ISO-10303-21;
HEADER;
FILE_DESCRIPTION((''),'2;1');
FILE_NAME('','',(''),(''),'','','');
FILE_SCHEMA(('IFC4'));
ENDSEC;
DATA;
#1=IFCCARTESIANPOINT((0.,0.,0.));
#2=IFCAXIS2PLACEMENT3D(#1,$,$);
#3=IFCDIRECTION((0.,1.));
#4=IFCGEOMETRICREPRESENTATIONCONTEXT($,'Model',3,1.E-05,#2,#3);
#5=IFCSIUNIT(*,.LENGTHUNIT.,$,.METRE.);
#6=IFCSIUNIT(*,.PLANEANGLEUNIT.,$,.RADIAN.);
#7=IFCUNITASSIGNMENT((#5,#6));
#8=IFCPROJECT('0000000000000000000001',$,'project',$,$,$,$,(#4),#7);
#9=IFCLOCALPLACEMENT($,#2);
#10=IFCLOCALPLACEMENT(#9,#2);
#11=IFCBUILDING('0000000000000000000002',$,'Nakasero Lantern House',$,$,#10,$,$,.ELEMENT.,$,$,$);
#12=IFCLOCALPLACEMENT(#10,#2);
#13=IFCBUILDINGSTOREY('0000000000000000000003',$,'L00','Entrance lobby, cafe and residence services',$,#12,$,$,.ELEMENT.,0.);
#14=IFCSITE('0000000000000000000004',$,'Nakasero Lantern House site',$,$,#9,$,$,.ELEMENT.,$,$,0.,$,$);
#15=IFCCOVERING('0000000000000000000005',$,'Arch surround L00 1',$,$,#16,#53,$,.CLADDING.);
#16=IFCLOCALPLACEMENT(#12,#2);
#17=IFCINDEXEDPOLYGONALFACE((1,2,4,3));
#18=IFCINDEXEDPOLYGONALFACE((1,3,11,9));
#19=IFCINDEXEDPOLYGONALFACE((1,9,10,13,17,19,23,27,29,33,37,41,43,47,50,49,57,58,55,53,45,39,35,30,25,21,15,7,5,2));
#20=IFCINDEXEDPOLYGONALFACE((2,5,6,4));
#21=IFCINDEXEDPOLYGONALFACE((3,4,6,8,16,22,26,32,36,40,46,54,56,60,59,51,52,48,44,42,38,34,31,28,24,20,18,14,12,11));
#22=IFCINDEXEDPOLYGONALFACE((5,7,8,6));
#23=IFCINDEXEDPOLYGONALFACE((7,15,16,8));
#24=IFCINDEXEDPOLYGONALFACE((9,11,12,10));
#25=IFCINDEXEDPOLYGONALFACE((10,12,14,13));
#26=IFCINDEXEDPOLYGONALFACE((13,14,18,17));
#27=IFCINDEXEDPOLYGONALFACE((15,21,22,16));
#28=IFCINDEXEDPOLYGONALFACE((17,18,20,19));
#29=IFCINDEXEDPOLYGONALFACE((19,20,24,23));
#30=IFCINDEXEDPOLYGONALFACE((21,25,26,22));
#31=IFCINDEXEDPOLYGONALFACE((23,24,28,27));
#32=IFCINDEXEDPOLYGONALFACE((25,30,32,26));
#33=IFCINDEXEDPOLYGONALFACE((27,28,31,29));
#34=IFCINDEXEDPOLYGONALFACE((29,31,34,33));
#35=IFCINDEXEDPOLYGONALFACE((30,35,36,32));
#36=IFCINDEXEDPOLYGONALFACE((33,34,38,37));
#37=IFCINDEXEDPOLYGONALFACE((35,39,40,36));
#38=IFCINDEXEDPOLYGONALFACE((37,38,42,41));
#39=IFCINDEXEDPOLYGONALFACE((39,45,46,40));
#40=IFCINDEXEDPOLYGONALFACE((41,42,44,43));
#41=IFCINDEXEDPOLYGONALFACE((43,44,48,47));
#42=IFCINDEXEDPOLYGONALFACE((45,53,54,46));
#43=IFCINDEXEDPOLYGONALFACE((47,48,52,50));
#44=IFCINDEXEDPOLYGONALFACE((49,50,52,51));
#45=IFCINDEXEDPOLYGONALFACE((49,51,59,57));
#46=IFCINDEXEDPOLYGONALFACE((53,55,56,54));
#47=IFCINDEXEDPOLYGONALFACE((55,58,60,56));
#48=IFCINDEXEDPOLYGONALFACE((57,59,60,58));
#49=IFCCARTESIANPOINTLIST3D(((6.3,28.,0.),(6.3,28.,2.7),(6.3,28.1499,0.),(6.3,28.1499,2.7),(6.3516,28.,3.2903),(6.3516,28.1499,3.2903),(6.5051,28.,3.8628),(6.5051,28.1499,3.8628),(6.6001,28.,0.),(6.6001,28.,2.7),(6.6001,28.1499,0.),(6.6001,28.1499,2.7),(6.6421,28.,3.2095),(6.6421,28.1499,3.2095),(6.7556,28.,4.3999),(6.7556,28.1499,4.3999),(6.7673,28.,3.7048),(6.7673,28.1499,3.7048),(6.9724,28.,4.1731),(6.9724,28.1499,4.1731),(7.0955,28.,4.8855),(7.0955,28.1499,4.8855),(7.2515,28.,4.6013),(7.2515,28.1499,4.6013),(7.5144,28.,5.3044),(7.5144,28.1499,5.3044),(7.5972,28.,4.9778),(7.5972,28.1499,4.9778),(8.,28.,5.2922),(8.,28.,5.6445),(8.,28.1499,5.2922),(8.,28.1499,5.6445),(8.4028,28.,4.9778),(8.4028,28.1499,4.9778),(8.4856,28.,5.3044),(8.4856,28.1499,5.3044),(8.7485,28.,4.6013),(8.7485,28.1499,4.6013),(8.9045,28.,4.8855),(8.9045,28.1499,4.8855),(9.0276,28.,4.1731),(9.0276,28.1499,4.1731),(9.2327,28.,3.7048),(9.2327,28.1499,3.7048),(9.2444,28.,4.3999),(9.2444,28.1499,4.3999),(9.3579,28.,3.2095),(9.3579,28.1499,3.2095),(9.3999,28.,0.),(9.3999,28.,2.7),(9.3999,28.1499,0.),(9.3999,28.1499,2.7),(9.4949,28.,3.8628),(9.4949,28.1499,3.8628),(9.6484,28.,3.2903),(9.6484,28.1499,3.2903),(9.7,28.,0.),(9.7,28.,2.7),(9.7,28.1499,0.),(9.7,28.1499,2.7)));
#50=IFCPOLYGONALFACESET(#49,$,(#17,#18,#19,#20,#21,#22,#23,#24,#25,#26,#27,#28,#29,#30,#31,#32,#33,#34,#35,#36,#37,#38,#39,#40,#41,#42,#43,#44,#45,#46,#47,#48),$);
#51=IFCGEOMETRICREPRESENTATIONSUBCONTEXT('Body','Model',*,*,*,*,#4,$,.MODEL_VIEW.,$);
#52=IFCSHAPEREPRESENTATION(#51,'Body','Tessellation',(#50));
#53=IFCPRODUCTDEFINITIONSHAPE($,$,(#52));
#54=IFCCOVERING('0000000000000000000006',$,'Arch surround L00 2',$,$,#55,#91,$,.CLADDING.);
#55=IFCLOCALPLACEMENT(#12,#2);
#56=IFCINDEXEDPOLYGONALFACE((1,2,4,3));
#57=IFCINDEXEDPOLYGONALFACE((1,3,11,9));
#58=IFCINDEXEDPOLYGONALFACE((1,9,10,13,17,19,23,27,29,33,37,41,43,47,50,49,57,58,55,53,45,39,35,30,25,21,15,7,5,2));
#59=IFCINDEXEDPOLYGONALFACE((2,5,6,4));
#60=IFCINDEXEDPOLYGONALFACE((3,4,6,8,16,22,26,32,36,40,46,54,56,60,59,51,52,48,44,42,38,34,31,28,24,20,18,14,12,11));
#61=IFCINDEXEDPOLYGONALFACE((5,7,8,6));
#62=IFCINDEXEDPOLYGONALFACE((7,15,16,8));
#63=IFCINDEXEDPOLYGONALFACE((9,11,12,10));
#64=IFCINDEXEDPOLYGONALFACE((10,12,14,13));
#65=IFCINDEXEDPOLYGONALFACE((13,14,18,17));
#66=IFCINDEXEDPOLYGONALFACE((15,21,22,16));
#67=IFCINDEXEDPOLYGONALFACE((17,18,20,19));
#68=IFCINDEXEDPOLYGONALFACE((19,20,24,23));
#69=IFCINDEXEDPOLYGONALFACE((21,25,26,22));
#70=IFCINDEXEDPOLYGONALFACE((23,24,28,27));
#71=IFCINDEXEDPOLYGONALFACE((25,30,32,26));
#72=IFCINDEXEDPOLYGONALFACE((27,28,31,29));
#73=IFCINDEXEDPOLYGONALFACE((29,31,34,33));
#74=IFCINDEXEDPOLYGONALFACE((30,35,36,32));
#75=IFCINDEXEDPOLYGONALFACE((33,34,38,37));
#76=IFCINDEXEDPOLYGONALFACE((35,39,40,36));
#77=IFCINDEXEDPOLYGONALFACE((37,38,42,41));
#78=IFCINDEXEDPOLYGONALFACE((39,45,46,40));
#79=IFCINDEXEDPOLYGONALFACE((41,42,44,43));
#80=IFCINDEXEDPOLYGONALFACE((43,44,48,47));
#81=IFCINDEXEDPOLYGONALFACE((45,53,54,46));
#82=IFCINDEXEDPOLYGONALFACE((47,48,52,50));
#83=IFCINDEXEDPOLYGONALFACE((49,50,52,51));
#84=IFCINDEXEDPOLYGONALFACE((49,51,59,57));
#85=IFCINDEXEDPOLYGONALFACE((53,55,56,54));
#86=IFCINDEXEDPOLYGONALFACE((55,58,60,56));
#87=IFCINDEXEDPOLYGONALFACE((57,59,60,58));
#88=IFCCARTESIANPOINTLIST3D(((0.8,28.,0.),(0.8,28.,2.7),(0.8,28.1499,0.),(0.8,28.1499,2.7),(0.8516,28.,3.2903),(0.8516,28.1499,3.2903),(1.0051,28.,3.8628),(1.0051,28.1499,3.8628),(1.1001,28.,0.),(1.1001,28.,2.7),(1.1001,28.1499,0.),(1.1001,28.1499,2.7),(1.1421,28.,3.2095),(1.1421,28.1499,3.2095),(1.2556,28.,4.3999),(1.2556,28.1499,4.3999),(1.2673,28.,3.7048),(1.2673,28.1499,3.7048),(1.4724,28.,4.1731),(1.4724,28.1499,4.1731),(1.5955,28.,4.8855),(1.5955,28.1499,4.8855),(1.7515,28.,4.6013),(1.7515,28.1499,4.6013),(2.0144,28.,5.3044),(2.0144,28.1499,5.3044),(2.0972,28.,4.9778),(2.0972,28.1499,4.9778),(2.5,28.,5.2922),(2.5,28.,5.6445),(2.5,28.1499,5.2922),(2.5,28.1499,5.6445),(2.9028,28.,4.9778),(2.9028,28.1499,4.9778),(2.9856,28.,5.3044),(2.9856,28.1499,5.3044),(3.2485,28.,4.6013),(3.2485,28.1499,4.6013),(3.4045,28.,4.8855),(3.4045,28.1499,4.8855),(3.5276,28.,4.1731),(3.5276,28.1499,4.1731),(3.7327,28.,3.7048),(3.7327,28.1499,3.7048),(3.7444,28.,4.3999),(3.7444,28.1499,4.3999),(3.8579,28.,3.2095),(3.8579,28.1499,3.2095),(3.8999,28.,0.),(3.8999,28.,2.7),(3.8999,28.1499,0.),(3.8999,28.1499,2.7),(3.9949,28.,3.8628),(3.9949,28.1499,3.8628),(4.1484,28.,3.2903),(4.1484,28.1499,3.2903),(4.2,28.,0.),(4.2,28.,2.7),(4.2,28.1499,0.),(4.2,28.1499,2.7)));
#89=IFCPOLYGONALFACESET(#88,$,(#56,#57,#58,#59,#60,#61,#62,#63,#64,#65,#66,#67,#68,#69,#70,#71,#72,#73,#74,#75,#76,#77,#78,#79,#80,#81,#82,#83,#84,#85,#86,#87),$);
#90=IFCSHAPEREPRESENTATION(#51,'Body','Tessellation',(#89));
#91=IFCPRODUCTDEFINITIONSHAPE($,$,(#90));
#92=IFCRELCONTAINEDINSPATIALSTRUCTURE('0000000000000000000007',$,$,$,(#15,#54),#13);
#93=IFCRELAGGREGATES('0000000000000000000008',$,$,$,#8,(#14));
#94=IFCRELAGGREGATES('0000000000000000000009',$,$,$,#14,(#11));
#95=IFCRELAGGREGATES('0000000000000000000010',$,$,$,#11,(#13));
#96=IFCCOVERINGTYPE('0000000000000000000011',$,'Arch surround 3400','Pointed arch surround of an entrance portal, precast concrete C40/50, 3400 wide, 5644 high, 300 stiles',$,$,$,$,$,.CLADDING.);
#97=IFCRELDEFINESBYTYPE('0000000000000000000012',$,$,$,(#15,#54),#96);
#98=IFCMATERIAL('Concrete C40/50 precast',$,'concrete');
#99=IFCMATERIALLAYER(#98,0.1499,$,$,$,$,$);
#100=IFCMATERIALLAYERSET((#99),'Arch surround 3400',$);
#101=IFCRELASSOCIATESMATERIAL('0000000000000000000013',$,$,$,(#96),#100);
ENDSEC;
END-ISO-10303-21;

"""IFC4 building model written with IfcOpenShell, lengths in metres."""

from ifc_helpers import new_model, si_unit, direction, frame, origin, place, context, subcontext, project, spatial, polyline, outline, extrude, material, layer, layer_set, type_object, element, save


model = new_model("IFC4")

# Units and contexts
model_context = context("Model", 3, precision=1e-05, world=origin(), true_north=direction((0.0, 1.0)))
body_context = subcontext(model_context, "Body", "Model", "MODEL_VIEW")
ifc_project = project(units=[si_unit("LENGTHUNIT", "METRE"), si_unit("PLANEANGLEUNIT", "RADIAN")], contexts=[model_context])

# Site, building, storey
site_placement = place(None, origin())
site = spatial("IfcSite", under=ifc_project, at=site_placement, Name="Nakasero Lantern House site", CompositionType="ELEMENT", RefElevation=0.0)
building_placement = place(site_placement, origin())
building = spatial("IfcBuilding", under=site, at=building_placement, Name="Nakasero Lantern House", CompositionType="ELEMENT")
storey_placement = place(building_placement, origin())
storey = spatial("IfcBuildingStorey", under=building, at=storey_placement, Name="L00", Description="Entrance lobby, cafe and residence services", CompositionType="ELEMENT", Elevation=0.0)

# Coverings
ifc_material_1 = material(Name="Concrete C40/50 precast", Category="concrete")
ifc_layer_1 = layer(ifc_material_1, 0.1499)
ifc_layer_set_1 = layer_set([ifc_layer_1], Name="Arch surround 3400")
covering_type = type_object("IfcCoveringType", Name="Arch surround 3400", Description="Pointed arch surround of an entrance portal, precast concrete C40/50, 3400 wide, 5644 high, 300 stiles", PredefinedType="CLADDING", material=ifc_layer_set_1)
for number, where, z_axis, x_axis, name in (
    (1, (8.0, 28.075, 0.0), (0.0, 0.0, 1.0), (-1.0, 0.0, 0.0), "Arch surround L00 1"),
    (2, (2.5, 28.075, 0.0), (0.0, 0.0, 1.0), (-1.0, 0.0, 0.0), "Arch surround L00 2"),
):
    element("IfcCovering", number, at=place(storey_placement, frame(where, z_axis=z_axis, x_axis=x_axis)), inside=storey, type_object=covering_type, Name=name, PredefinedType="CLADDING", context=body_context, shape_type="SweptSolid", body=[
        extrude(outline(polyline([(1.7, 0.0), (1.7, 2.7), (1.6484, 3.2903), (1.4949, 3.8628), (1.2444, 4.3999), (0.9045, 4.8855), (0.4856, 5.3044), (0.0, 5.6445), (-0.4856, 5.3044), (-0.9045, 4.8855), (-1.2444, 4.3999), (-1.4949, 3.8628), (-1.6484, 3.2903), (-1.7, 2.7), (-1.7, 0.0), (-1.3999, 0.0), (-1.3999, 2.7), (-1.3579, 3.2095), (-1.2327, 3.7048), (-1.0276, 4.1731), (-0.7485, 4.6013), (-0.4028, 4.9778), (0.0, 5.2922), (0.4028, 4.9778), (0.7485, 4.6013), (1.0276, 4.1731), (1.2327, 3.7048), (1.3579, 3.2095), (1.3999, 2.7), (1.3999, 0.0), (1.7, 0.0)])), frame((0.0, 0.075, 0.0), z_axis=(0.0, -1.0, 0.0), x_axis=(1.0, 0.0, 0.0)), (0.0, 0.0, 1.0), 0.1499),
    ])

save(model, "model.ifc")
